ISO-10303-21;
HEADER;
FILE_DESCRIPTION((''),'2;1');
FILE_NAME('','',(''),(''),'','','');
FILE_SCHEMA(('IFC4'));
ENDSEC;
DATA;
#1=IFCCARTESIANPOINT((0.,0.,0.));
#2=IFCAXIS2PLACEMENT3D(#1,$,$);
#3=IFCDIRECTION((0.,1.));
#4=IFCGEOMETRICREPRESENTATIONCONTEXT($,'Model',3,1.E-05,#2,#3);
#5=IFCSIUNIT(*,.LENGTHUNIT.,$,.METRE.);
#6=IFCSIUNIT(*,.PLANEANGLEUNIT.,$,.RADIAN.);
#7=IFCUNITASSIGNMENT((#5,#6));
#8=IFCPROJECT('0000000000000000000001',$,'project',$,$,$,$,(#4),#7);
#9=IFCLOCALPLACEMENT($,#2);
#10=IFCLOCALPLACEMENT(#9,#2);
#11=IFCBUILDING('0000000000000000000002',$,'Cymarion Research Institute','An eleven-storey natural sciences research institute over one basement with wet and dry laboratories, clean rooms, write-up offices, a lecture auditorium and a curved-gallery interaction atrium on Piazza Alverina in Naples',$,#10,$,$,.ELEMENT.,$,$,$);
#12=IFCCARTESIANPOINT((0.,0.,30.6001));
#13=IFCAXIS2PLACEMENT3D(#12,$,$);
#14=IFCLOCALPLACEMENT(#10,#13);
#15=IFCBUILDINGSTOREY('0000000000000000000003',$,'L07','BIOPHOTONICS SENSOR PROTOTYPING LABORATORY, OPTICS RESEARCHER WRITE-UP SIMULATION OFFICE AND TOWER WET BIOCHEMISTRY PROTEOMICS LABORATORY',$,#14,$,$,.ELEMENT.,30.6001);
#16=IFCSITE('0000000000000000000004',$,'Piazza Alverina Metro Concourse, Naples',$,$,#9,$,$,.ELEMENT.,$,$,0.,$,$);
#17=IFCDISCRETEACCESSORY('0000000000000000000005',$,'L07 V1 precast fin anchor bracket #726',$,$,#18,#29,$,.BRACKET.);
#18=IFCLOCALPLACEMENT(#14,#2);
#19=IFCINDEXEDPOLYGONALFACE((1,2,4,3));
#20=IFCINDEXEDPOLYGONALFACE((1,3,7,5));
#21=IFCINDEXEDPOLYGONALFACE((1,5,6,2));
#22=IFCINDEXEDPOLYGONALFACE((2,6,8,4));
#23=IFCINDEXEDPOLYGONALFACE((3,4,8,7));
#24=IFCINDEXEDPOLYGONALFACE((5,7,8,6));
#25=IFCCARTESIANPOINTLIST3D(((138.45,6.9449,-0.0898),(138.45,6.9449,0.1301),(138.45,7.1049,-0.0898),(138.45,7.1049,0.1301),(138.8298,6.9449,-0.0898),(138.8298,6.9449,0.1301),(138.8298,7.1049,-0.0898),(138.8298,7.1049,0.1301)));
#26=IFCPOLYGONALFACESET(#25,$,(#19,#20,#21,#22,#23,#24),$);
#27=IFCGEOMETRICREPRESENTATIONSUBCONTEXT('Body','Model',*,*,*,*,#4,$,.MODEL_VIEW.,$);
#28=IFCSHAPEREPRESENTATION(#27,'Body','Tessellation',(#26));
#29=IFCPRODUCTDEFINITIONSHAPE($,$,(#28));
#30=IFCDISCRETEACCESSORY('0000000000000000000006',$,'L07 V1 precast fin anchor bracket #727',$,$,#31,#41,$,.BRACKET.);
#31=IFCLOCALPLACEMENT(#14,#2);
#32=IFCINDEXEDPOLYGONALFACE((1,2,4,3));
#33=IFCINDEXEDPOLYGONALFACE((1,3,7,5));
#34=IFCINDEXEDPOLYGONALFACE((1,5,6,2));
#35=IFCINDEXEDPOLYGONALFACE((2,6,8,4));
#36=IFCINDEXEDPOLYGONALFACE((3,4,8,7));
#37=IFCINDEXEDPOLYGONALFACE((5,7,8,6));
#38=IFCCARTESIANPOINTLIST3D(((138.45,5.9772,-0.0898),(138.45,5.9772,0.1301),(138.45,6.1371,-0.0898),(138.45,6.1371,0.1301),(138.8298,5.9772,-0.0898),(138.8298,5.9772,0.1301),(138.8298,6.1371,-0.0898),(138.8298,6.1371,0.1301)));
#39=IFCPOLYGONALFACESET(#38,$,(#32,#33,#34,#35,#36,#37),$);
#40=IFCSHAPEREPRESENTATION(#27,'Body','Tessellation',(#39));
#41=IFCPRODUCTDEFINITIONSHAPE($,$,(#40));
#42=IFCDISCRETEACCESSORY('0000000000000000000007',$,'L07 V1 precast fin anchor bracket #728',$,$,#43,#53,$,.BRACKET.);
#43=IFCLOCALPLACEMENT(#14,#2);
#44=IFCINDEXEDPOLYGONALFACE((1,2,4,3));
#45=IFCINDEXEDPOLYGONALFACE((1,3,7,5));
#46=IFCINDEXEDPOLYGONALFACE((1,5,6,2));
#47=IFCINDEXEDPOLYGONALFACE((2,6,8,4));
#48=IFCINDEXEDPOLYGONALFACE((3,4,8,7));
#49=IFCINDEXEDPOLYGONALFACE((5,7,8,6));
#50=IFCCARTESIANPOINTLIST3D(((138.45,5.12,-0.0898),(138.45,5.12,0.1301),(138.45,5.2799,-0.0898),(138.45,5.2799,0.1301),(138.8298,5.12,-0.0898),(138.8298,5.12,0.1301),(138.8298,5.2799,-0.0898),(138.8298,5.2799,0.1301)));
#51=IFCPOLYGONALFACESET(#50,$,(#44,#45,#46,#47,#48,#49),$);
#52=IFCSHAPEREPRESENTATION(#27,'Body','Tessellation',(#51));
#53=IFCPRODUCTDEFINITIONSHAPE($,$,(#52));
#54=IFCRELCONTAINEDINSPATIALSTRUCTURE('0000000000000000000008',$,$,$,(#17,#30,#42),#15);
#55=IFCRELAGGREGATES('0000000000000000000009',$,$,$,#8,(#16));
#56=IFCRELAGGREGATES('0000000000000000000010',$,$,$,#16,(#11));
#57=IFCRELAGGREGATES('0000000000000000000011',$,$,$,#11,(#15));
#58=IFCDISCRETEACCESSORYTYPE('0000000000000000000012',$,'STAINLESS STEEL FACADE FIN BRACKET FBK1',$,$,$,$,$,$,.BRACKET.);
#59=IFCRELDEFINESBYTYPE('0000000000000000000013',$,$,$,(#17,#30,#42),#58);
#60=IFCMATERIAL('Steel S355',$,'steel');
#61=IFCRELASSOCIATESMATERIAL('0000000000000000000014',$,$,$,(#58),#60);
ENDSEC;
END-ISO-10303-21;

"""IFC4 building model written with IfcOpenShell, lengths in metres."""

from ifc_helpers import new_model, si_unit, direction, frame, origin, origin_2d, place, context, subcontext, project, spatial, rectangle, extrude, material, type_object, element, save


model = new_model("IFC4")

# Units and contexts
model_context = context("Model", 3, precision=1e-05, world=origin(), true_north=direction((0.0, 1.0)))
body_context = subcontext(model_context, "Body", "Model", "MODEL_VIEW")
ifc_project = project(units=[si_unit("LENGTHUNIT", "METRE"), si_unit("PLANEANGLEUNIT", "RADIAN")], contexts=[model_context])

# Site, building, storey
site_placement = place(None, origin())
site = spatial("IfcSite", under=ifc_project, at=site_placement, Name="Piazza Alverina Metro Concourse, Naples", CompositionType="ELEMENT", RefElevation=0.0)
building_placement = place(site_placement, origin())
building = spatial("IfcBuilding", under=site, at=building_placement, Name="Cymarion Research Institute", Description="An eleven-storey natural sciences research institute over one basement with wet and dry laboratories, clean rooms, write-up offices, a lecture auditorium and a curved-gallery interaction atrium on Piazza Alverina in Naples", CompositionType="ELEMENT")
storey_placement = place(building_placement, frame((0.0, 0.0, 30.6001)))
storey = spatial("IfcBuildingStorey", under=building, at=storey_placement, Name="L07", Description="BIOPHOTONICS SENSOR PROTOTYPING LABORATORY, OPTICS RESEARCHER WRITE-UP SIMULATION OFFICE AND TOWER WET BIOCHEMISTRY PROTEOMICS LABORATORY", CompositionType="ELEMENT", Elevation=30.6001)

# Shared definitions
ifc_material_1 = material(Name="Steel S355", Category="steel")

# Discrete accessories
discrete_accessory_type = type_object("IfcDiscreteAccessoryType", Name="STAINLESS STEEL FACADE FIN BRACKET FBK1", PredefinedType="BRACKET", material=ifc_material_1)
for number, where, z_axis, x_axis, name in (
    (1, (138.6399, 7.0249, -0.0898), (0.0, 0.0, 1.0), (-1.0, 0.0, 0.0), "L07 V1 precast fin anchor bracket #726"),
    (2, (138.6399, 6.0571, -0.0898), (0.0, 0.0, 1.0), (-1.0, 0.0, 0.0), "L07 V1 precast fin anchor bracket #727"),
    (3, (138.6399, 5.2, -0.0898), (0.0, 0.0, 1.0), (-1.0, 0.0, 0.0), "L07 V1 precast fin anchor bracket #728"),
):
    element("IfcDiscreteAccessory", number, at=place(storey_placement, frame(where, z_axis=z_axis, x_axis=x_axis)), inside=storey, type_object=discrete_accessory_type, Name=name, PredefinedType="BRACKET", context=body_context, shape_type="SweptSolid", body=[
        extrude(rectangle(XDim=0.3799, YDim=0.1599, at=origin_2d()), origin(), (0.0, 0.0, 1.0), 0.22),
    ])

save(model, "model.ifc")
